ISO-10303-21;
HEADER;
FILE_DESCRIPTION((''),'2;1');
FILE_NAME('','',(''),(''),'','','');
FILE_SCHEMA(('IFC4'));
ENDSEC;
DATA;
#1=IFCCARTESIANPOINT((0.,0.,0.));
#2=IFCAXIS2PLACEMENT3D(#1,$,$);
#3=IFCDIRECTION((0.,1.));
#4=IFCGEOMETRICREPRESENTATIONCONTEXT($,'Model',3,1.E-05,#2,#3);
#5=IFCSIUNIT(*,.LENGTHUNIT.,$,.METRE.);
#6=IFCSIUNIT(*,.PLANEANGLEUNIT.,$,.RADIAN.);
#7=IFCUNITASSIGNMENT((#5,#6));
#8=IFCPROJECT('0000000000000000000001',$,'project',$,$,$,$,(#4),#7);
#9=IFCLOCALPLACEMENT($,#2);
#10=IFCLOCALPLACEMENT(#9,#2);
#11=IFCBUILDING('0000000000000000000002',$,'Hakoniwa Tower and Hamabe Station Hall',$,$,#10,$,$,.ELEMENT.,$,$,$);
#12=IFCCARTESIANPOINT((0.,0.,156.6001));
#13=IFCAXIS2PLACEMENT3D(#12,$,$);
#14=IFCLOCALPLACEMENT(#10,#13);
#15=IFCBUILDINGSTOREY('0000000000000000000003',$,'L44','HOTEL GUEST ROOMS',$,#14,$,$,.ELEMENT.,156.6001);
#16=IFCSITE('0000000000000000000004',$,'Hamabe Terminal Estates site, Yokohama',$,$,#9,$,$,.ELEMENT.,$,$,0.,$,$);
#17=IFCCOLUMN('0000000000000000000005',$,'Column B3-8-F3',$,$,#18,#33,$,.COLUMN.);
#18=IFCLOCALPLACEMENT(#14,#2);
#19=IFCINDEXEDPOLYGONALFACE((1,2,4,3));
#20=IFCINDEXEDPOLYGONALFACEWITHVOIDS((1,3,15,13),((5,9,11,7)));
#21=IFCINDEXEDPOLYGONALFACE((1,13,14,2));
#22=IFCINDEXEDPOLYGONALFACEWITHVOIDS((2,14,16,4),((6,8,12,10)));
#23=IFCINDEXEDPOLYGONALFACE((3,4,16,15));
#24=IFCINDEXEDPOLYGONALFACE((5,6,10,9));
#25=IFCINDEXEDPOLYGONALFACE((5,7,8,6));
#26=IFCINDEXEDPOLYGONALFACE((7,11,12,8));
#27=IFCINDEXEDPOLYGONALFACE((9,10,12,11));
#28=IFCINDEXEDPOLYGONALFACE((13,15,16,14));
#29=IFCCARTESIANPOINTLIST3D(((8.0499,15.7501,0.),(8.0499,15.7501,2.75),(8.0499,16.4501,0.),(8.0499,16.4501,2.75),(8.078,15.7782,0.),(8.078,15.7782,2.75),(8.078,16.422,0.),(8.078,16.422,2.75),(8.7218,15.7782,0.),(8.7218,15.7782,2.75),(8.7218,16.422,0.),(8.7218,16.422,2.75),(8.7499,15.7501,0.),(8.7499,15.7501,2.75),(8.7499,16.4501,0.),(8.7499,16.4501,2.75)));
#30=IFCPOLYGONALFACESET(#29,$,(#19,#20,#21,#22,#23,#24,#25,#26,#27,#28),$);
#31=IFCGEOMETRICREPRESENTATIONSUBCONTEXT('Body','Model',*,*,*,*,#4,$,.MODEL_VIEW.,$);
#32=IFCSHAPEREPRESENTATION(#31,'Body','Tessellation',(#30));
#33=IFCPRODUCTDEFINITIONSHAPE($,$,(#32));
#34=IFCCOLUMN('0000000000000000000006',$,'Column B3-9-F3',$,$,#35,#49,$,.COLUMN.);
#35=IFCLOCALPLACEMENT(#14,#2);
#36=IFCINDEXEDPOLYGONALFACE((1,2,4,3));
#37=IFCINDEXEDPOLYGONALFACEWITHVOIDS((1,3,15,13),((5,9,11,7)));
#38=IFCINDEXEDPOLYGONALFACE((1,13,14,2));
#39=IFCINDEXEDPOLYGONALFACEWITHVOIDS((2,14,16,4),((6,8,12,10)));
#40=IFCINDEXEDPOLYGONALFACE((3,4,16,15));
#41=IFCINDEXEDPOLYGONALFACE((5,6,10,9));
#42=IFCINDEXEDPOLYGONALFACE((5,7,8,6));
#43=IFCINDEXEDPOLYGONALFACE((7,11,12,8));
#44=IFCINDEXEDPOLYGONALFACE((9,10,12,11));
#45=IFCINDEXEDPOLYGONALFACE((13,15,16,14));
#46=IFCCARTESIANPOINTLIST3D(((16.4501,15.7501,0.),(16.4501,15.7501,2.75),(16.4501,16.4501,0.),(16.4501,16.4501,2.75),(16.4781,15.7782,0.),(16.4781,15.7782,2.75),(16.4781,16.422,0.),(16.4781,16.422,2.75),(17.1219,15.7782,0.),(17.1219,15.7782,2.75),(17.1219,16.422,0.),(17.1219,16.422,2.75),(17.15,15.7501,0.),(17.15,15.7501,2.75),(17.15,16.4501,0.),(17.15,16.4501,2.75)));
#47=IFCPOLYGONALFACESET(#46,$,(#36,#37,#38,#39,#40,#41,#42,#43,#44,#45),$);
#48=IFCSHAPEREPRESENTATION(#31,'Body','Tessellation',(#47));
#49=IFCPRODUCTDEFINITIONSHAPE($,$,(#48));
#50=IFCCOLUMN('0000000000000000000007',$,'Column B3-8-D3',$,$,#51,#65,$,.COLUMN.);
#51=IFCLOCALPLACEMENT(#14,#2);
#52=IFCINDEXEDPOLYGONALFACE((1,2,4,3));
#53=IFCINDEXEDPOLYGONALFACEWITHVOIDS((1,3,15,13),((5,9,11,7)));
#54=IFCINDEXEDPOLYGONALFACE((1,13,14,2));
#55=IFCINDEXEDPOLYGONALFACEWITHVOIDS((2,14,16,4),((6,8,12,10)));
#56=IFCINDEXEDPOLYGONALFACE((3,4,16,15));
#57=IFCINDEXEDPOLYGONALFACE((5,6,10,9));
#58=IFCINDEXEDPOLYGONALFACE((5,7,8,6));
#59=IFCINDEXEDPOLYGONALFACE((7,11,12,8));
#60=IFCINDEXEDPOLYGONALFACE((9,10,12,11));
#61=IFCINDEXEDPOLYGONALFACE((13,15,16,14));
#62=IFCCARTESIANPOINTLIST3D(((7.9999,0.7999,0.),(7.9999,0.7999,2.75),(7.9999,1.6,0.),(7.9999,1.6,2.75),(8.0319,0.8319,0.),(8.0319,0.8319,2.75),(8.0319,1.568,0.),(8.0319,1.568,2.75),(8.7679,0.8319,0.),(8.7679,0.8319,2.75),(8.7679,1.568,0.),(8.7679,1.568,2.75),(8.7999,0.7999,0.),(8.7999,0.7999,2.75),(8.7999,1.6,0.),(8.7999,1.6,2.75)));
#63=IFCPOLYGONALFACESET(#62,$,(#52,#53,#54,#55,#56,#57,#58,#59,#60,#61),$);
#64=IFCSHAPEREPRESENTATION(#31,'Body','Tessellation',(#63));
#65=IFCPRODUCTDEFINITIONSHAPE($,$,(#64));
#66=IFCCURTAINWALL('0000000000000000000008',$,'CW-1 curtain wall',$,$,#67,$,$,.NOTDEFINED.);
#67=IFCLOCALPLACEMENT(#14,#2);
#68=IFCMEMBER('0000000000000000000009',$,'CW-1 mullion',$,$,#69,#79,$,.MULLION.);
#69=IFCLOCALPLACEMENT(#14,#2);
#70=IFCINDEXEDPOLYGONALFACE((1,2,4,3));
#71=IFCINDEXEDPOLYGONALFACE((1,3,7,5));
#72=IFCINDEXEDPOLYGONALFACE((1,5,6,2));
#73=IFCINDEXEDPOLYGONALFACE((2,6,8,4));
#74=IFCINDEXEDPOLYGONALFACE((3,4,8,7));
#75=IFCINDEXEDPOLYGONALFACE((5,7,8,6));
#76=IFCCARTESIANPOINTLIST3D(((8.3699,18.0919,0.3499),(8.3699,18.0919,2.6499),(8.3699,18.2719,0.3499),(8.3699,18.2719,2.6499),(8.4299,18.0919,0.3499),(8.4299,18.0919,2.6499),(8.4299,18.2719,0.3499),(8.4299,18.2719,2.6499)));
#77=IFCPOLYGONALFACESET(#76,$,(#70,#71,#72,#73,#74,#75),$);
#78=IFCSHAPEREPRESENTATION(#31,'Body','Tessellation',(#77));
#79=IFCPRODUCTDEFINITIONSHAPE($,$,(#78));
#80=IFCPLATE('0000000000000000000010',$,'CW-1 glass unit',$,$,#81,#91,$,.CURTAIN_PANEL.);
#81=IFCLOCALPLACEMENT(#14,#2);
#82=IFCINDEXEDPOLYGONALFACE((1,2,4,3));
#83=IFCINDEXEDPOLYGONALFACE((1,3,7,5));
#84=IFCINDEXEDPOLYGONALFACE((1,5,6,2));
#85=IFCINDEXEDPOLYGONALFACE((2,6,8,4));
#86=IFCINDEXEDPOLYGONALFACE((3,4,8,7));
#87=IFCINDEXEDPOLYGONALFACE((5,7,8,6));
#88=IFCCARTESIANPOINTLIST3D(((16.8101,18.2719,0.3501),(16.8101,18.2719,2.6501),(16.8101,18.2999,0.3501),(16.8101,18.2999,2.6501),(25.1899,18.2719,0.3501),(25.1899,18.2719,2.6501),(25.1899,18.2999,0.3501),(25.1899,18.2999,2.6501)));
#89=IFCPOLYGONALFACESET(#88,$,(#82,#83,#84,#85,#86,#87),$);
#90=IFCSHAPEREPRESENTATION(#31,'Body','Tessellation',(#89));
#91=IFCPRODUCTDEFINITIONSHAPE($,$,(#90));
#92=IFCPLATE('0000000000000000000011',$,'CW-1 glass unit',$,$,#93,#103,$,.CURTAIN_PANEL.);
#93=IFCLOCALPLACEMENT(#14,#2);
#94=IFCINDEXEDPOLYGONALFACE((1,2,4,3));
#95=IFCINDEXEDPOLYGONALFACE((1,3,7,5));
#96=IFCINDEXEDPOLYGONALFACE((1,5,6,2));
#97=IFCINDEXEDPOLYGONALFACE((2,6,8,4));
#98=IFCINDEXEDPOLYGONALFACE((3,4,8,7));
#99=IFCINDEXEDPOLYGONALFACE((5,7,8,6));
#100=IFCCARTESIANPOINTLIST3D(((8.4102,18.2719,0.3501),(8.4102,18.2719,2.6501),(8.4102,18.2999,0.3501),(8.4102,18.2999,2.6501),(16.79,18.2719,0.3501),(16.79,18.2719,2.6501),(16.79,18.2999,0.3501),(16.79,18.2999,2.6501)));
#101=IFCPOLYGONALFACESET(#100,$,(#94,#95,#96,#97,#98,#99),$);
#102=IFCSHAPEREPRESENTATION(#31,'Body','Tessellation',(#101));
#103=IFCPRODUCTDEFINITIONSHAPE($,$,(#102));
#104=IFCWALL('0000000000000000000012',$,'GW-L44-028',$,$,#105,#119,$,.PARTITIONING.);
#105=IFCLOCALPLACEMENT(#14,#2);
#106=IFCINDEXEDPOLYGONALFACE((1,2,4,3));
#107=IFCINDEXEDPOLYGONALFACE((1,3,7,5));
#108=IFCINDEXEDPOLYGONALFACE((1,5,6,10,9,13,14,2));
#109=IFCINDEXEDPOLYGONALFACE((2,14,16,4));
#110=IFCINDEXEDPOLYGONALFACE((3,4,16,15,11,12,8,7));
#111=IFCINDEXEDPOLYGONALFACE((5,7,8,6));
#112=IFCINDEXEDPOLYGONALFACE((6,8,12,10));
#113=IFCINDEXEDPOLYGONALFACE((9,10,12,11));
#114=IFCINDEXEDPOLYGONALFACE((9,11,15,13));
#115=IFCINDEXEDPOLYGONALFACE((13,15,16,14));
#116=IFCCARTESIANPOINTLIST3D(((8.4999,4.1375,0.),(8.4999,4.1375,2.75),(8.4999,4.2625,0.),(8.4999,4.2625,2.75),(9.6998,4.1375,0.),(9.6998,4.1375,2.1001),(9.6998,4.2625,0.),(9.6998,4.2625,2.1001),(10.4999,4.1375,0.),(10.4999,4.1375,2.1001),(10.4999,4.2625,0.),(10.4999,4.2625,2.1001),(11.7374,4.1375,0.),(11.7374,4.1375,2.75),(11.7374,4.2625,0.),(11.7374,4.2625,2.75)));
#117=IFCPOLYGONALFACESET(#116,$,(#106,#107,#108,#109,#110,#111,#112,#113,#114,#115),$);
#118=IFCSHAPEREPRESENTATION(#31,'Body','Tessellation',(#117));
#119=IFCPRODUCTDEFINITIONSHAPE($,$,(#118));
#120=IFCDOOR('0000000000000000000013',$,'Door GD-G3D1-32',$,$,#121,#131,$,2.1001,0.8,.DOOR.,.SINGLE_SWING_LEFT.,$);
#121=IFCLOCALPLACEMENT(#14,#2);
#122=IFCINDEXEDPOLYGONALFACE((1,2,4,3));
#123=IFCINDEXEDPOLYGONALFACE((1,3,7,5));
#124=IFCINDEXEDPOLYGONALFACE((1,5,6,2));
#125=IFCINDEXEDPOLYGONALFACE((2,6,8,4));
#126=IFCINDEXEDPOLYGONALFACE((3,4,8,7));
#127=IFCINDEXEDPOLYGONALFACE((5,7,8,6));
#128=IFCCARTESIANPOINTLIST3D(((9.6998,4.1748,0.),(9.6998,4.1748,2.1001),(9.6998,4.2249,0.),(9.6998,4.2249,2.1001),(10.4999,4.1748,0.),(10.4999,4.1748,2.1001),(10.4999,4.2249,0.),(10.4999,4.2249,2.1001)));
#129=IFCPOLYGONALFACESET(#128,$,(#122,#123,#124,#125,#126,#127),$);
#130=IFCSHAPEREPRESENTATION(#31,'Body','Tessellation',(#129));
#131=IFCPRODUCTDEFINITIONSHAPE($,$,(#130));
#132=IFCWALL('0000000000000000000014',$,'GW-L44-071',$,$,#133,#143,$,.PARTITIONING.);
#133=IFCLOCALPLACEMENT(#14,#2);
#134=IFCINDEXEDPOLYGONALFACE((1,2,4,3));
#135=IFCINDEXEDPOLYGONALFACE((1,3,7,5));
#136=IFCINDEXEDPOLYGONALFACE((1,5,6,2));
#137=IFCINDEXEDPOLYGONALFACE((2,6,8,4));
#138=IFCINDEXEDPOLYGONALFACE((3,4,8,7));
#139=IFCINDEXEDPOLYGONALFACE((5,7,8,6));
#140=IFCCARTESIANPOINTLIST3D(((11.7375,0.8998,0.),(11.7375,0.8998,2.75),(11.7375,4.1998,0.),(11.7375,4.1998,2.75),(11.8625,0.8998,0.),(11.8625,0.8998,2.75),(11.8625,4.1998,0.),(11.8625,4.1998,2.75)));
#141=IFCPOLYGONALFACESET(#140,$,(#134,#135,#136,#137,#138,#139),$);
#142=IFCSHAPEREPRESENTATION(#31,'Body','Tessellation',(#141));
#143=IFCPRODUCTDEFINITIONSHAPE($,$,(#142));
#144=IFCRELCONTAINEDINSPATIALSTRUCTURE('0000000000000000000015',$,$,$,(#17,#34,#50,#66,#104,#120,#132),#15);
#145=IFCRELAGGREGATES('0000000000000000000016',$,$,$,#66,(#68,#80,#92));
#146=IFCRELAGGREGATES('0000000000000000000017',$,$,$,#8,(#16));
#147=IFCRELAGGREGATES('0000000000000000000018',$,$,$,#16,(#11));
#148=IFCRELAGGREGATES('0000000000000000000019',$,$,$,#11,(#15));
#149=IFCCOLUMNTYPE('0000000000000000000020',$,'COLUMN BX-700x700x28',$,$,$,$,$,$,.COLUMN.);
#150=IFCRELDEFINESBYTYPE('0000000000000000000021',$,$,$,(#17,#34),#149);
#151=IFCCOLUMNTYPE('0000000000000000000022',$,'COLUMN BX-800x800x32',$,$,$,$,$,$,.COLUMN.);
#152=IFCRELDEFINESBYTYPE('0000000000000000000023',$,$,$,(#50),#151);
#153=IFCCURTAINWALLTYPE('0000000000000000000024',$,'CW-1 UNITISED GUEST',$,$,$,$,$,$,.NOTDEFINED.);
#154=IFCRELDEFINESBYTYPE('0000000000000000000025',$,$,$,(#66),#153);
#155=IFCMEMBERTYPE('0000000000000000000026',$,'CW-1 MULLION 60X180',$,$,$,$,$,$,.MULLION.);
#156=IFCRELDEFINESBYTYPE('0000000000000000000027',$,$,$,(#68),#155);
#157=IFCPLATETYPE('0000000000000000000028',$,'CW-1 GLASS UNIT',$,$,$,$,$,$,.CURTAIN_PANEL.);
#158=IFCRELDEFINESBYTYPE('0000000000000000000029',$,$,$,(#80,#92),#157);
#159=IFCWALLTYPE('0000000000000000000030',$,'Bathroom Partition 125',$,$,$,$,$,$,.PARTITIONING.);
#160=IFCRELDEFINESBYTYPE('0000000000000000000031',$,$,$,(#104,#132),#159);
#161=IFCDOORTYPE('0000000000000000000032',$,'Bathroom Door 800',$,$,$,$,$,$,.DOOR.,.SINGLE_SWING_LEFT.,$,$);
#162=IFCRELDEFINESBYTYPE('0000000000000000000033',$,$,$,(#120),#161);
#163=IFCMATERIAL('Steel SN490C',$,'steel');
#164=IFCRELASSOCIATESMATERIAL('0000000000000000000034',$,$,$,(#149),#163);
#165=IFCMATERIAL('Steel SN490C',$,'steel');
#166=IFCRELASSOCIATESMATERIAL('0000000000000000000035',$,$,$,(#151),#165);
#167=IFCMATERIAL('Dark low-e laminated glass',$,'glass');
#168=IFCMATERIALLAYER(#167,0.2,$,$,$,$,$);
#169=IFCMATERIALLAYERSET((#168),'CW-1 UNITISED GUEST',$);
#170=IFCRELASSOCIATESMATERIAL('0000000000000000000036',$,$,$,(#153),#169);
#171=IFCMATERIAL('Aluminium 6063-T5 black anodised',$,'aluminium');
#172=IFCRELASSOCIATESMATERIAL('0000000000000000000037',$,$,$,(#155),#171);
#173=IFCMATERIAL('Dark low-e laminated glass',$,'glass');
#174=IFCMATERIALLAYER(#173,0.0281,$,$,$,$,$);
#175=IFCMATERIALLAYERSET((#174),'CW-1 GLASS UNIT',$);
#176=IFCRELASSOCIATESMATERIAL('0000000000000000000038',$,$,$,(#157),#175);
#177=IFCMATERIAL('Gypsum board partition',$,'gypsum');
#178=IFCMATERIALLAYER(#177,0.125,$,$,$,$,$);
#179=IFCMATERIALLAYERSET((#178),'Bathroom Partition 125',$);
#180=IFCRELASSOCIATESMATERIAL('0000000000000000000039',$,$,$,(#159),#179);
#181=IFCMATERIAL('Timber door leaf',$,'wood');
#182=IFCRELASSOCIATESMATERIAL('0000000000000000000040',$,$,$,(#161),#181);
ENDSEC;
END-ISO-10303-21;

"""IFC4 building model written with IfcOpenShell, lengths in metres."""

from ifc_helpers import new_model, si_unit, direction, frame, frame_2d, origin, origin_2d, place, context, subcontext, project, spatial, rectangle, hollow_rectangle, extrude, material, layer, layer_set, material_profile, profile_set, type_object, element, fill, aggregate, save


model = new_model("IFC4")

# Units and contexts
model_context = context("Model", 3, precision=1e-05, world=origin(), true_north=direction((0.0, 1.0)))
body_context = subcontext(model_context, "Body", "Model", "MODEL_VIEW")
ifc_project = project(units=[si_unit("LENGTHUNIT", "METRE"), si_unit("PLANEANGLEUNIT", "RADIAN")], contexts=[model_context])

# Site, building, storey
site_placement = place(None, origin())
site = spatial("IfcSite", under=ifc_project, at=site_placement, Name="Hamabe Terminal Estates site, Yokohama", CompositionType="ELEMENT", RefElevation=0.0)
building_placement = place(site_placement, origin())
building = spatial("IfcBuilding", under=site, at=building_placement, Name="Hakoniwa Tower and Hamabe Station Hall", CompositionType="ELEMENT")
storey_placement = place(building_placement, frame((0.0, 0.0, 156.6001)))
storey = spatial("IfcBuildingStorey", under=building, at=storey_placement, Name="L44", Description="HOTEL GUEST ROOMS", CompositionType="ELEMENT", Elevation=156.6001)

# Columns
ifc_material_1 = material(Name="Steel SN490C", Category="steel")
ifc_material_profile_1 = material_profile(ifc_material_1, hollow_rectangle(XDim=0.7, YDim=0.7, WallThickness=0.0281, at=origin_2d()), Name="BX-700x700x28")
ifc_profile_set_1 = profile_set([ifc_material_profile_1], Name="Steel SN490C")
column_type_1 = type_object("IfcColumnType", Name="COLUMN BX-700x700x28", PredefinedType="COLUMN", material=ifc_profile_set_1)
for number, where, z_axis, x_axis, name in (
    (1, (8.3999, 16.1001, 0.0), (0.0, 0.0, 1.0), (1.0, 0.0, 0.0), "Column B3-8-F3"),
    (2, (16.8, 16.1001, 0.0), (0.0, 0.0, 1.0), (1.0, 0.0, 0.0), "Column B3-9-F3"),
):
    element("IfcColumn", number, at=place(storey_placement, frame(where, z_axis=z_axis, x_axis=x_axis)), inside=storey, type_object=column_type_1, Name=name, PredefinedType="COLUMN", context=body_context, shape_type="SweptSolid", body=[
        extrude(hollow_rectangle(XDim=0.7, YDim=0.7, WallThickness=0.0281, at=origin_2d()), origin(), (0.0, 0.0, 1.0), 2.75),
    ])
ifc_material_2 = material(Name="Steel SN490C", Category="steel")
ifc_material_profile_2 = material_profile(ifc_material_2, hollow_rectangle(XDim=0.8, YDim=0.8, WallThickness=0.032, at=origin_2d()), Name="BX-800x800x32")
ifc_profile_set_2 = profile_set([ifc_material_profile_2], Name="Steel SN490C")
column_type_2 = type_object("IfcColumnType", Name="COLUMN BX-800x800x32", PredefinedType="COLUMN", material=ifc_profile_set_2)
column_placement = place(storey_placement, frame((8.3999, 1.2, 0.0), z_axis=(0.0, 0.0, 1.0), x_axis=(1.0, 0.0, 0.0)))
element("IfcColumn", 3, at=column_placement, inside=storey, type_object=column_type_2, Name="Column B3-8-D3", PredefinedType="COLUMN", context=body_context, shape_type="SweptSolid", body=[
    extrude(hollow_rectangle(XDim=0.8, YDim=0.8, WallThickness=0.032, at=origin_2d()), origin(), (0.0, 0.0, 1.0), 2.75),
])

# Curtain wall, member, plates
ifc_material_3 = material(Name="Dark low-e laminated glass", Category="glass")
ifc_layer_1 = layer(ifc_material_3, 0.2)
ifc_layer_set_1 = layer_set([ifc_layer_1], Name="CW-1 UNITISED GUEST")
curtain_wall_type = type_object("IfcCurtainWallType", Name="CW-1 UNITISED GUEST", PredefinedType="NOTDEFINED", material=ifc_layer_set_1)
curtain_wall_placement = place(storey_placement, origin())
curtain_wall = element("IfcCurtainWall", 4, at=curtain_wall_placement, inside=storey, type_object=curtain_wall_type, Name="CW-1 curtain wall", PredefinedType="NOTDEFINED")
ifc_material_4 = material(Name="Aluminium 6063-T5 black anodised", Category="aluminium")
ifc_material_profile_3 = material_profile(ifc_material_4, rectangle(XDim=0.0601, YDim=0.1799, at=origin_2d()), Name="CW-1 MULLION 60X180")
ifc_profile_set_3 = profile_set([ifc_material_profile_3], Name="Aluminium 6063-T5 black anodised")
member_type = type_object("IfcMemberType", Name="CW-1 MULLION 60X180", PredefinedType="MULLION", material=ifc_profile_set_3)
member_placement = place(storey_placement, frame((8.3999, 18.1819, 0.3499), z_axis=(0.0, 0.0, 1.0), x_axis=(-1.0, 0.0, 0.0)))
member = element("IfcMember", 5, at=member_placement, type_object=member_type, Name="CW-1 mullion", PredefinedType="MULLION", context=body_context, shape_type="SweptSolid", body=[
    extrude(rectangle(XDim=0.0601, YDim=0.1799, at=origin_2d()), origin(), (0.0, 0.0, 1.0), 2.3),
])
ifc_material_5 = material(Name="Dark low-e laminated glass", Category="glass")
ifc_layer_2 = layer(ifc_material_5, 0.0281)
ifc_layer_set_2 = layer_set([ifc_layer_2], Name="CW-1 GLASS UNIT")
plate_type = type_object("IfcPlateType", Name="CW-1 GLASS UNIT", PredefinedType="CURTAIN_PANEL", material=ifc_layer_set_2)
plate_1_placement = place(storey_placement, frame((21.0, 18.2859, 0.3501), z_axis=(0.0, 0.0, 1.0), x_axis=(-1.0, 0.0, 0.0)))
plate_1 = element("IfcPlate", 6, at=plate_1_placement, type_object=plate_type, Name="CW-1 glass unit", PredefinedType="CURTAIN_PANEL", context=body_context, shape_type="SweptSolid", body=[
    extrude(rectangle(XDim=8.3799, YDim=0.0281, at=origin_2d()), origin(), (0.0, 0.0, 1.0), 2.3),
])
plate_2_placement = place(storey_placement, frame((12.6001, 18.2859, 0.3501), z_axis=(0.0, 0.0, 1.0), x_axis=(-1.0, 0.0, 0.0)))
plate_2 = element("IfcPlate", 7, at=plate_2_placement, type_object=plate_type, Name="CW-1 glass unit", PredefinedType="CURTAIN_PANEL", context=body_context, shape_type="SweptSolid", body=[
    extrude(rectangle(XDim=8.3799, YDim=0.0281, at=origin_2d()), origin(), (0.0, 0.0, 1.0), 2.3),
])
aggregate(curtain_wall, [member, plate_1, plate_2])

# Wall, opening, door
ifc_material_6 = material(Name="Gypsum board partition", Category="gypsum")
ifc_layer_3 = layer(ifc_material_6, 0.125)
ifc_layer_set_3 = layer_set([ifc_layer_3], Name="Bathroom Partition 125")
wall_type_1 = type_object("IfcWallType", Name="Bathroom Partition 125", PredefinedType="PARTITIONING", material=ifc_layer_set_3)
wall_1_placement = place(storey_placement, frame((8.5, 4.2, 0.0), z_axis=(0.0, 0.0, 1.0), x_axis=(1.0, 0.0, 0.0)))
wall_1 = element("IfcWall", 8, at=wall_1_placement, inside=storey, type_object=wall_type_1, Name="GW-L44-028", PredefinedType="PARTITIONING", context=body_context, shape_type="SweptSolid", body=[
    extrude(rectangle(XDim=3.2375, YDim=0.125, at=frame_2d((1.6187, 0.0))), origin(), (0.0, 0.0, 1.0), 2.75),
])
opening_1_placement = place(wall_1_placement, frame((1.2, 0.0, 0.0)))
opening_1 = element("IfcOpeningElement", 9, at=opening_1_placement, cuts=wall_1, PredefinedType="OPENING", context=body_context, shape_type="SweptSolid", body=[
    extrude(rectangle(XDim=0.8, YDim=2.1001, at=frame_2d((0.3999, 1.05))), frame((0.0, 0.0725, 0.0), z_axis=(0.0, -1.0, 0.0), x_axis=(1.0, 0.0, 0.0)), (0.0, 0.0, 1.0), 0.145),
])
ifc_material_7 = material(Name="Timber door leaf", Category="wood")
door_type_1 = type_object("IfcDoorType", Name="Bathroom Door 800", OperationType="SINGLE_SWING_LEFT", PredefinedType="DOOR", material=ifc_material_7)
door_1_placement = place(opening_1_placement, origin())
door_1 = element("IfcDoor", 10, at=door_1_placement, inside=storey, type_object=door_type_1, Name="Door GD-G3D1-32", OperationType="SINGLE_SWING_LEFT", OverallHeight=2.1001, OverallWidth=0.8, PredefinedType="DOOR", context=body_context, shape_type="SweptSolid", body=[
    extrude(rectangle(XDim=0.8, YDim=2.1001, at=frame_2d((0.3999, 1.05))), frame((0.0, 0.0249, 0.0), z_axis=(0.0, -1.0, 0.0), x_axis=(1.0, 0.0, 0.0)), (0.0, 0.0, 1.0), 0.05),
])
fill(opening_1, door_1)

# Wall
wall_2_placement = place(storey_placement, frame((11.8, 0.8999, 0.0), z_axis=(0.0, 0.0, 1.0), x_axis=(0.0, 1.0, 0.0)))
element("IfcWall", 11, at=wall_2_placement, inside=storey, type_object=wall_type_1, Name="GW-L44-071", PredefinedType="PARTITIONING", context=body_context, shape_type="SweptSolid", body=[
    extrude(rectangle(XDim=3.3, YDim=0.125, at=frame_2d((1.6499, 0.0))), origin(), (0.0, 0.0, 1.0), 2.75),
])

save(model, "model.ifc")
